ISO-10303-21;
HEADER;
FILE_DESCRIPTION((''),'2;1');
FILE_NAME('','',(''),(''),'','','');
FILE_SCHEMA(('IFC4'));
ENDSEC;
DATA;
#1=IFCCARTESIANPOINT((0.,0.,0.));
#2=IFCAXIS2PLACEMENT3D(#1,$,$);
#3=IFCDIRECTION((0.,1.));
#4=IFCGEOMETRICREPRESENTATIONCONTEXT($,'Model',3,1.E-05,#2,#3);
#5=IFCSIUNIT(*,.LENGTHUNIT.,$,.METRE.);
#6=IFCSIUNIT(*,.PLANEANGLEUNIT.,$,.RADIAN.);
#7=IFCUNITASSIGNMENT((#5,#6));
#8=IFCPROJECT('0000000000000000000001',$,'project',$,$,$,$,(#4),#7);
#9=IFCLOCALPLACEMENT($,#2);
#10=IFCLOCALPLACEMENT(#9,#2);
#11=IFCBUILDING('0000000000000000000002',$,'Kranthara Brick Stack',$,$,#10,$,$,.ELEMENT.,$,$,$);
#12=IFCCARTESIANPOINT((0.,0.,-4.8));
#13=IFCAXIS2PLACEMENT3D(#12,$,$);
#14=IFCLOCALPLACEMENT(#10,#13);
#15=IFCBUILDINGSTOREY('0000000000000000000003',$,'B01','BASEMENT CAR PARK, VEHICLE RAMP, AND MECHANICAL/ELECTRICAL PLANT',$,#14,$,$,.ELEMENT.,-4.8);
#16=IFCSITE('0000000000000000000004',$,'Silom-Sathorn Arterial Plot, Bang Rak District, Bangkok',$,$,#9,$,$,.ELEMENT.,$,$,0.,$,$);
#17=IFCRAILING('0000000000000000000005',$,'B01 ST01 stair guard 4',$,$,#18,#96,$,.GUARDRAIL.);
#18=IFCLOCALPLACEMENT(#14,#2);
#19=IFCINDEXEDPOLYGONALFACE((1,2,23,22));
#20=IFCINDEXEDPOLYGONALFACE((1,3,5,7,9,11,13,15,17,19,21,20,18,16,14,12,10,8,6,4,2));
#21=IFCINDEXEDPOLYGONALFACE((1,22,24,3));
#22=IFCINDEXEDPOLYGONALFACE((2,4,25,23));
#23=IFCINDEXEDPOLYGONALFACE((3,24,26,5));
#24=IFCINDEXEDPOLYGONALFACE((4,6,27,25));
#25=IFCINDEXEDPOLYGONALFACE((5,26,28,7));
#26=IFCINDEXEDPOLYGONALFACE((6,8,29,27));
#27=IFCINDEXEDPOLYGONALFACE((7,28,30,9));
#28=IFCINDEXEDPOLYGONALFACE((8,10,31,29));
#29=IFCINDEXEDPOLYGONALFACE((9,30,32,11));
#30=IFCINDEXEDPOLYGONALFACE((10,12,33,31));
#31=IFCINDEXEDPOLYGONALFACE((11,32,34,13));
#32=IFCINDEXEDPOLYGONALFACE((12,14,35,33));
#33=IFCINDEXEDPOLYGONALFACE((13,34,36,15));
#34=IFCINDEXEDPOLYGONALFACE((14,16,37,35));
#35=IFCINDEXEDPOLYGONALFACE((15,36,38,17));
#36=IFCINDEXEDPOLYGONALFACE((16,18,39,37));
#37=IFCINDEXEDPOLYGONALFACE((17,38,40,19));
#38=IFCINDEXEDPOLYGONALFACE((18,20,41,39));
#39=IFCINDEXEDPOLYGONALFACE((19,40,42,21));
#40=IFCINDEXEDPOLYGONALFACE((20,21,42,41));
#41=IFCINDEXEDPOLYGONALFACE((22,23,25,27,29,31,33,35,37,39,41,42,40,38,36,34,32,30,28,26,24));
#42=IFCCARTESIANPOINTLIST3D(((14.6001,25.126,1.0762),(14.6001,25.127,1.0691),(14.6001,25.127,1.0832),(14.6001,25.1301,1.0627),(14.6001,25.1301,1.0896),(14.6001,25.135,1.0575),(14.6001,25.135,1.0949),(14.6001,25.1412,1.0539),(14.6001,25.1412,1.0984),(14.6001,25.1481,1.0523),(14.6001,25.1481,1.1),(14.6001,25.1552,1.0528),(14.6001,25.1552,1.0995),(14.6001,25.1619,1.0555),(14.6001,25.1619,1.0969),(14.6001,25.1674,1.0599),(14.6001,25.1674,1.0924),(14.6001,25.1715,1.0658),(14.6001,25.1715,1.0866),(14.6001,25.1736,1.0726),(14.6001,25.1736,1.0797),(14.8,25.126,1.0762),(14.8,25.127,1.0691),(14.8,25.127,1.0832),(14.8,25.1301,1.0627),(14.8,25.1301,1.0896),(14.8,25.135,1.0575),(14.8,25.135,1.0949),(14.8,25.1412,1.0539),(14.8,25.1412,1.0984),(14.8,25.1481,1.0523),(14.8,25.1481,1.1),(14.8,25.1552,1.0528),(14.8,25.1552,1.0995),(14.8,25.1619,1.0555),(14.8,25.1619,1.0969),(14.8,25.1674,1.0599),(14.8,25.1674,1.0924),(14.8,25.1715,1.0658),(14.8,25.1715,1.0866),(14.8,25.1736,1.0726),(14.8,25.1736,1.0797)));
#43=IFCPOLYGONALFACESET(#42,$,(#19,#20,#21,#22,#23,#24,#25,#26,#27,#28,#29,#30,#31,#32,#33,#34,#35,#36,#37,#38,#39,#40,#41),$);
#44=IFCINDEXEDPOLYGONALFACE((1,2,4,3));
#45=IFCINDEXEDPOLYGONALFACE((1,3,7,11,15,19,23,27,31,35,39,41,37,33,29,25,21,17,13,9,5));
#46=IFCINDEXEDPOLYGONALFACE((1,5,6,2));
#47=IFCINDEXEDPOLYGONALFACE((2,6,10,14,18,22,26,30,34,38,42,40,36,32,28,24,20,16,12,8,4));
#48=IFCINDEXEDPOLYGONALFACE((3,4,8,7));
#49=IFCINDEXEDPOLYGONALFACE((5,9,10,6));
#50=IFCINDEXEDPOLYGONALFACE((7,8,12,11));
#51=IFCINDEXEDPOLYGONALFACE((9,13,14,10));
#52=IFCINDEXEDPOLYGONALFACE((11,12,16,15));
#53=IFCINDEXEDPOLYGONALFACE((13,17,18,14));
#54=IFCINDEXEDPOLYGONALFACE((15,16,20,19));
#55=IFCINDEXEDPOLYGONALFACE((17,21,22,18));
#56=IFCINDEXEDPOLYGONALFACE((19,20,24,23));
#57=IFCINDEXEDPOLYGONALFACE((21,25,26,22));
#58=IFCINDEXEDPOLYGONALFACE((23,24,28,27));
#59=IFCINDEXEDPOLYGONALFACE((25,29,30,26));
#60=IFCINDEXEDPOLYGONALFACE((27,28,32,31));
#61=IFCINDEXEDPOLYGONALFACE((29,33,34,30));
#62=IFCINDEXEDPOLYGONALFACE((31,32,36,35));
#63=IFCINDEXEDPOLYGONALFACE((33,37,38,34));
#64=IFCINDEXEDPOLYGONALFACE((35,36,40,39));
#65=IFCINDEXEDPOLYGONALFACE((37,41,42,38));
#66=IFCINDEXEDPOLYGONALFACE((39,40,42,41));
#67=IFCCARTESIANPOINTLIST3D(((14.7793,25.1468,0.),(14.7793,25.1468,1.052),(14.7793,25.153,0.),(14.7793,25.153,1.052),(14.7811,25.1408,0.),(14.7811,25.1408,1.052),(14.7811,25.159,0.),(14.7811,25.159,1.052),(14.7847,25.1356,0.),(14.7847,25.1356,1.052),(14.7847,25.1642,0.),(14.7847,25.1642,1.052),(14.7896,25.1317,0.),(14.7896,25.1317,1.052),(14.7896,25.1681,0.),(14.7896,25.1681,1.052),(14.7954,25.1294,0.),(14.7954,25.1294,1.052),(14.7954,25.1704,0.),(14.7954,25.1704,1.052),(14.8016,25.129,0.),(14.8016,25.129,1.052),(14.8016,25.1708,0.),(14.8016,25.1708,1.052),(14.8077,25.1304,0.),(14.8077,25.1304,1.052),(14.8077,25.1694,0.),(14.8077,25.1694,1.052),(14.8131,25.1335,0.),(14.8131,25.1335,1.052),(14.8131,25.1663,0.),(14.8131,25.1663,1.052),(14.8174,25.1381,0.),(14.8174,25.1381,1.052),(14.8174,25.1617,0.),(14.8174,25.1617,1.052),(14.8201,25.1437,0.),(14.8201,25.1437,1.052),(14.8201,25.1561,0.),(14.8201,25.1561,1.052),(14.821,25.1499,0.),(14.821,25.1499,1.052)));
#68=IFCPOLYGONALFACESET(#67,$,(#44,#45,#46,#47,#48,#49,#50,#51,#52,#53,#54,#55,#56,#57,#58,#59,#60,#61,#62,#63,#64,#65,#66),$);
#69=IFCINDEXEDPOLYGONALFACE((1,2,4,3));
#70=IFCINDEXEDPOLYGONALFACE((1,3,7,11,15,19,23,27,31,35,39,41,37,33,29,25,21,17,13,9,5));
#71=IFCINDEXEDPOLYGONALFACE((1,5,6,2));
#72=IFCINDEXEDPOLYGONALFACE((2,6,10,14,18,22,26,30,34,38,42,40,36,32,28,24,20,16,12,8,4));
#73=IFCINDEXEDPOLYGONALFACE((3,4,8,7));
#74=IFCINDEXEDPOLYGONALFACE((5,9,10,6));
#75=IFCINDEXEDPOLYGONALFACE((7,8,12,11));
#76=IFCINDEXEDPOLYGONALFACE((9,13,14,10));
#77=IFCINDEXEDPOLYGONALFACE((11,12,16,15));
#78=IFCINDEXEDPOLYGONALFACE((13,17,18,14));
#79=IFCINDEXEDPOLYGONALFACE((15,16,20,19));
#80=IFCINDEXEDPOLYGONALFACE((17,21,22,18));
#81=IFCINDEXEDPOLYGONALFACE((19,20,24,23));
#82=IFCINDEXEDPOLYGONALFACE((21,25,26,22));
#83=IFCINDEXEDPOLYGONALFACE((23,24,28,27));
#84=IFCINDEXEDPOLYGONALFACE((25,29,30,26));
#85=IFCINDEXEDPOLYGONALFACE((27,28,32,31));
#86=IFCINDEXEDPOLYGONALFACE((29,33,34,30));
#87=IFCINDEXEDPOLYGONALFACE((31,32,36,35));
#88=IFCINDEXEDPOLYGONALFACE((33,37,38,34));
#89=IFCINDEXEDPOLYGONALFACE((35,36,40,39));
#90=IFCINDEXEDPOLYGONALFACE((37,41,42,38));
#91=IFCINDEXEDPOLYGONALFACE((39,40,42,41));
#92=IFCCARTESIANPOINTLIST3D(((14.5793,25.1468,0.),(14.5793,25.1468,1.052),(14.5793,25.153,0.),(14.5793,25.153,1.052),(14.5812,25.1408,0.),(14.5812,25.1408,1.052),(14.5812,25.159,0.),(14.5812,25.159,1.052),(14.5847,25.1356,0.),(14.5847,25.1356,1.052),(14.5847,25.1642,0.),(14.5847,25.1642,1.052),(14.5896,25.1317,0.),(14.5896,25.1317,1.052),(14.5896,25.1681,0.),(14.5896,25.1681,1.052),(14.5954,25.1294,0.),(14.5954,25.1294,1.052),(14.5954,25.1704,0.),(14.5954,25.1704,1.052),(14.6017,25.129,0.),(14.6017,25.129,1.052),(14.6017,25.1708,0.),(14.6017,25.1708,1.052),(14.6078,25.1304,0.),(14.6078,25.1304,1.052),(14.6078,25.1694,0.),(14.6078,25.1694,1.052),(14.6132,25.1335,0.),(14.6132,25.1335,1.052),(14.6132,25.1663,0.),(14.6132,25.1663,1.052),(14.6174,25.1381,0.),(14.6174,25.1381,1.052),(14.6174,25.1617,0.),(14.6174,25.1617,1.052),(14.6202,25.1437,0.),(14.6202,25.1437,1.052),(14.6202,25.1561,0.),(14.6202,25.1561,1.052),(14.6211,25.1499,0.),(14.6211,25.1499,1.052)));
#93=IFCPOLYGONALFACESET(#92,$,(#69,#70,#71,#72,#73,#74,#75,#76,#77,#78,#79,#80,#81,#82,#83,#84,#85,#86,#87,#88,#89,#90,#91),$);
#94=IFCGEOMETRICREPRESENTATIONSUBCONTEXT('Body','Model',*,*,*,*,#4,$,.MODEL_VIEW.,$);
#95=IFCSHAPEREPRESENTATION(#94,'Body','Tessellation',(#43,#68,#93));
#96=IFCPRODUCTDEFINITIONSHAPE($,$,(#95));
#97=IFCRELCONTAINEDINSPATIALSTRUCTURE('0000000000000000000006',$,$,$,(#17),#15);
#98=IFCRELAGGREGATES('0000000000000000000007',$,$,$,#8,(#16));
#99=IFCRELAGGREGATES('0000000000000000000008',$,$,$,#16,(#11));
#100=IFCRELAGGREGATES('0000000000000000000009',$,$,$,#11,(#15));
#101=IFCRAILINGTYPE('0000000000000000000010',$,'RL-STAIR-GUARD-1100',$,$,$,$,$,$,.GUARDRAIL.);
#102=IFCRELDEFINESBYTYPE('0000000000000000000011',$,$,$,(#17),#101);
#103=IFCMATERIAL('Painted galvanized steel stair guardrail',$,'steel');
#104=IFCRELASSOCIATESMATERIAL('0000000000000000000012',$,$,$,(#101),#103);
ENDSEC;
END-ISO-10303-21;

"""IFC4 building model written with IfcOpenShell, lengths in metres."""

from ifc_helpers import new_model, si_unit, direction, frame, origin, origin_2d, place, context, subcontext, project, spatial, circle, extrude, material, type_object, element, save


model = new_model("IFC4")

# Units and contexts
model_context = context("Model", 3, precision=1e-05, world=origin(), true_north=direction((0.0, 1.0)))
body_context = subcontext(model_context, "Body", "Model", "MODEL_VIEW")
ifc_project = project(units=[si_unit("LENGTHUNIT", "METRE"), si_unit("PLANEANGLEUNIT", "RADIAN")], contexts=[model_context])

# Site, building, storey
site_placement = place(None, origin())
site = spatial("IfcSite", under=ifc_project, at=site_placement, Name="Silom-Sathorn Arterial Plot, Bang Rak District, Bangkok", CompositionType="ELEMENT", RefElevation=0.0)
building_placement = place(site_placement, origin())
building = spatial("IfcBuilding", under=site, at=building_placement, Name="Kranthara Brick Stack", CompositionType="ELEMENT")
storey_placement = place(building_placement, frame((0.0, 0.0, -4.8)))
storey = spatial("IfcBuildingStorey", under=building, at=storey_placement, Name="B01", Description="BASEMENT CAR PARK, VEHICLE RAMP, AND MECHANICAL/ELECTRICAL PLANT", CompositionType="ELEMENT", Elevation=-4.8)

# Railing
ifc_material_1 = material(Name="Painted galvanized steel stair guardrail", Category="steel")
railing_type_1 = type_object("IfcRailingType", Name="RL-STAIR-GUARD-1100", PredefinedType="GUARDRAIL", material=ifc_material_1)
railing_1_placement = place(storey_placement, frame((14.8, 25.1499, 0.0)))
element("IfcRailing", 1, at=railing_1_placement, inside=storey, type_object=railing_type_1, Name="B01 ST01 stair guard 4", PredefinedType="GUARDRAIL", context=body_context, shape_type="SweptSolid", body=[
    extrude(circle(Radius=0.0239, at=origin_2d()), frame((0.0, 0.0, 1.0762), z_axis=(-1.0, 0.0, 0.0), x_axis=(0.0, -1.0, 0.0)), (0.0, 0.0, 1.0), 0.2),
    extrude(circle(Radius=0.021, at=origin_2d()), origin(), (0.0, 0.0, 1.0), 1.052),
    extrude(circle(Radius=0.021, at=origin_2d()), frame((-0.2, 0.0, 0.0)), (0.0, 0.0, 1.0), 1.052),
])

save(model, "model.ifc")
